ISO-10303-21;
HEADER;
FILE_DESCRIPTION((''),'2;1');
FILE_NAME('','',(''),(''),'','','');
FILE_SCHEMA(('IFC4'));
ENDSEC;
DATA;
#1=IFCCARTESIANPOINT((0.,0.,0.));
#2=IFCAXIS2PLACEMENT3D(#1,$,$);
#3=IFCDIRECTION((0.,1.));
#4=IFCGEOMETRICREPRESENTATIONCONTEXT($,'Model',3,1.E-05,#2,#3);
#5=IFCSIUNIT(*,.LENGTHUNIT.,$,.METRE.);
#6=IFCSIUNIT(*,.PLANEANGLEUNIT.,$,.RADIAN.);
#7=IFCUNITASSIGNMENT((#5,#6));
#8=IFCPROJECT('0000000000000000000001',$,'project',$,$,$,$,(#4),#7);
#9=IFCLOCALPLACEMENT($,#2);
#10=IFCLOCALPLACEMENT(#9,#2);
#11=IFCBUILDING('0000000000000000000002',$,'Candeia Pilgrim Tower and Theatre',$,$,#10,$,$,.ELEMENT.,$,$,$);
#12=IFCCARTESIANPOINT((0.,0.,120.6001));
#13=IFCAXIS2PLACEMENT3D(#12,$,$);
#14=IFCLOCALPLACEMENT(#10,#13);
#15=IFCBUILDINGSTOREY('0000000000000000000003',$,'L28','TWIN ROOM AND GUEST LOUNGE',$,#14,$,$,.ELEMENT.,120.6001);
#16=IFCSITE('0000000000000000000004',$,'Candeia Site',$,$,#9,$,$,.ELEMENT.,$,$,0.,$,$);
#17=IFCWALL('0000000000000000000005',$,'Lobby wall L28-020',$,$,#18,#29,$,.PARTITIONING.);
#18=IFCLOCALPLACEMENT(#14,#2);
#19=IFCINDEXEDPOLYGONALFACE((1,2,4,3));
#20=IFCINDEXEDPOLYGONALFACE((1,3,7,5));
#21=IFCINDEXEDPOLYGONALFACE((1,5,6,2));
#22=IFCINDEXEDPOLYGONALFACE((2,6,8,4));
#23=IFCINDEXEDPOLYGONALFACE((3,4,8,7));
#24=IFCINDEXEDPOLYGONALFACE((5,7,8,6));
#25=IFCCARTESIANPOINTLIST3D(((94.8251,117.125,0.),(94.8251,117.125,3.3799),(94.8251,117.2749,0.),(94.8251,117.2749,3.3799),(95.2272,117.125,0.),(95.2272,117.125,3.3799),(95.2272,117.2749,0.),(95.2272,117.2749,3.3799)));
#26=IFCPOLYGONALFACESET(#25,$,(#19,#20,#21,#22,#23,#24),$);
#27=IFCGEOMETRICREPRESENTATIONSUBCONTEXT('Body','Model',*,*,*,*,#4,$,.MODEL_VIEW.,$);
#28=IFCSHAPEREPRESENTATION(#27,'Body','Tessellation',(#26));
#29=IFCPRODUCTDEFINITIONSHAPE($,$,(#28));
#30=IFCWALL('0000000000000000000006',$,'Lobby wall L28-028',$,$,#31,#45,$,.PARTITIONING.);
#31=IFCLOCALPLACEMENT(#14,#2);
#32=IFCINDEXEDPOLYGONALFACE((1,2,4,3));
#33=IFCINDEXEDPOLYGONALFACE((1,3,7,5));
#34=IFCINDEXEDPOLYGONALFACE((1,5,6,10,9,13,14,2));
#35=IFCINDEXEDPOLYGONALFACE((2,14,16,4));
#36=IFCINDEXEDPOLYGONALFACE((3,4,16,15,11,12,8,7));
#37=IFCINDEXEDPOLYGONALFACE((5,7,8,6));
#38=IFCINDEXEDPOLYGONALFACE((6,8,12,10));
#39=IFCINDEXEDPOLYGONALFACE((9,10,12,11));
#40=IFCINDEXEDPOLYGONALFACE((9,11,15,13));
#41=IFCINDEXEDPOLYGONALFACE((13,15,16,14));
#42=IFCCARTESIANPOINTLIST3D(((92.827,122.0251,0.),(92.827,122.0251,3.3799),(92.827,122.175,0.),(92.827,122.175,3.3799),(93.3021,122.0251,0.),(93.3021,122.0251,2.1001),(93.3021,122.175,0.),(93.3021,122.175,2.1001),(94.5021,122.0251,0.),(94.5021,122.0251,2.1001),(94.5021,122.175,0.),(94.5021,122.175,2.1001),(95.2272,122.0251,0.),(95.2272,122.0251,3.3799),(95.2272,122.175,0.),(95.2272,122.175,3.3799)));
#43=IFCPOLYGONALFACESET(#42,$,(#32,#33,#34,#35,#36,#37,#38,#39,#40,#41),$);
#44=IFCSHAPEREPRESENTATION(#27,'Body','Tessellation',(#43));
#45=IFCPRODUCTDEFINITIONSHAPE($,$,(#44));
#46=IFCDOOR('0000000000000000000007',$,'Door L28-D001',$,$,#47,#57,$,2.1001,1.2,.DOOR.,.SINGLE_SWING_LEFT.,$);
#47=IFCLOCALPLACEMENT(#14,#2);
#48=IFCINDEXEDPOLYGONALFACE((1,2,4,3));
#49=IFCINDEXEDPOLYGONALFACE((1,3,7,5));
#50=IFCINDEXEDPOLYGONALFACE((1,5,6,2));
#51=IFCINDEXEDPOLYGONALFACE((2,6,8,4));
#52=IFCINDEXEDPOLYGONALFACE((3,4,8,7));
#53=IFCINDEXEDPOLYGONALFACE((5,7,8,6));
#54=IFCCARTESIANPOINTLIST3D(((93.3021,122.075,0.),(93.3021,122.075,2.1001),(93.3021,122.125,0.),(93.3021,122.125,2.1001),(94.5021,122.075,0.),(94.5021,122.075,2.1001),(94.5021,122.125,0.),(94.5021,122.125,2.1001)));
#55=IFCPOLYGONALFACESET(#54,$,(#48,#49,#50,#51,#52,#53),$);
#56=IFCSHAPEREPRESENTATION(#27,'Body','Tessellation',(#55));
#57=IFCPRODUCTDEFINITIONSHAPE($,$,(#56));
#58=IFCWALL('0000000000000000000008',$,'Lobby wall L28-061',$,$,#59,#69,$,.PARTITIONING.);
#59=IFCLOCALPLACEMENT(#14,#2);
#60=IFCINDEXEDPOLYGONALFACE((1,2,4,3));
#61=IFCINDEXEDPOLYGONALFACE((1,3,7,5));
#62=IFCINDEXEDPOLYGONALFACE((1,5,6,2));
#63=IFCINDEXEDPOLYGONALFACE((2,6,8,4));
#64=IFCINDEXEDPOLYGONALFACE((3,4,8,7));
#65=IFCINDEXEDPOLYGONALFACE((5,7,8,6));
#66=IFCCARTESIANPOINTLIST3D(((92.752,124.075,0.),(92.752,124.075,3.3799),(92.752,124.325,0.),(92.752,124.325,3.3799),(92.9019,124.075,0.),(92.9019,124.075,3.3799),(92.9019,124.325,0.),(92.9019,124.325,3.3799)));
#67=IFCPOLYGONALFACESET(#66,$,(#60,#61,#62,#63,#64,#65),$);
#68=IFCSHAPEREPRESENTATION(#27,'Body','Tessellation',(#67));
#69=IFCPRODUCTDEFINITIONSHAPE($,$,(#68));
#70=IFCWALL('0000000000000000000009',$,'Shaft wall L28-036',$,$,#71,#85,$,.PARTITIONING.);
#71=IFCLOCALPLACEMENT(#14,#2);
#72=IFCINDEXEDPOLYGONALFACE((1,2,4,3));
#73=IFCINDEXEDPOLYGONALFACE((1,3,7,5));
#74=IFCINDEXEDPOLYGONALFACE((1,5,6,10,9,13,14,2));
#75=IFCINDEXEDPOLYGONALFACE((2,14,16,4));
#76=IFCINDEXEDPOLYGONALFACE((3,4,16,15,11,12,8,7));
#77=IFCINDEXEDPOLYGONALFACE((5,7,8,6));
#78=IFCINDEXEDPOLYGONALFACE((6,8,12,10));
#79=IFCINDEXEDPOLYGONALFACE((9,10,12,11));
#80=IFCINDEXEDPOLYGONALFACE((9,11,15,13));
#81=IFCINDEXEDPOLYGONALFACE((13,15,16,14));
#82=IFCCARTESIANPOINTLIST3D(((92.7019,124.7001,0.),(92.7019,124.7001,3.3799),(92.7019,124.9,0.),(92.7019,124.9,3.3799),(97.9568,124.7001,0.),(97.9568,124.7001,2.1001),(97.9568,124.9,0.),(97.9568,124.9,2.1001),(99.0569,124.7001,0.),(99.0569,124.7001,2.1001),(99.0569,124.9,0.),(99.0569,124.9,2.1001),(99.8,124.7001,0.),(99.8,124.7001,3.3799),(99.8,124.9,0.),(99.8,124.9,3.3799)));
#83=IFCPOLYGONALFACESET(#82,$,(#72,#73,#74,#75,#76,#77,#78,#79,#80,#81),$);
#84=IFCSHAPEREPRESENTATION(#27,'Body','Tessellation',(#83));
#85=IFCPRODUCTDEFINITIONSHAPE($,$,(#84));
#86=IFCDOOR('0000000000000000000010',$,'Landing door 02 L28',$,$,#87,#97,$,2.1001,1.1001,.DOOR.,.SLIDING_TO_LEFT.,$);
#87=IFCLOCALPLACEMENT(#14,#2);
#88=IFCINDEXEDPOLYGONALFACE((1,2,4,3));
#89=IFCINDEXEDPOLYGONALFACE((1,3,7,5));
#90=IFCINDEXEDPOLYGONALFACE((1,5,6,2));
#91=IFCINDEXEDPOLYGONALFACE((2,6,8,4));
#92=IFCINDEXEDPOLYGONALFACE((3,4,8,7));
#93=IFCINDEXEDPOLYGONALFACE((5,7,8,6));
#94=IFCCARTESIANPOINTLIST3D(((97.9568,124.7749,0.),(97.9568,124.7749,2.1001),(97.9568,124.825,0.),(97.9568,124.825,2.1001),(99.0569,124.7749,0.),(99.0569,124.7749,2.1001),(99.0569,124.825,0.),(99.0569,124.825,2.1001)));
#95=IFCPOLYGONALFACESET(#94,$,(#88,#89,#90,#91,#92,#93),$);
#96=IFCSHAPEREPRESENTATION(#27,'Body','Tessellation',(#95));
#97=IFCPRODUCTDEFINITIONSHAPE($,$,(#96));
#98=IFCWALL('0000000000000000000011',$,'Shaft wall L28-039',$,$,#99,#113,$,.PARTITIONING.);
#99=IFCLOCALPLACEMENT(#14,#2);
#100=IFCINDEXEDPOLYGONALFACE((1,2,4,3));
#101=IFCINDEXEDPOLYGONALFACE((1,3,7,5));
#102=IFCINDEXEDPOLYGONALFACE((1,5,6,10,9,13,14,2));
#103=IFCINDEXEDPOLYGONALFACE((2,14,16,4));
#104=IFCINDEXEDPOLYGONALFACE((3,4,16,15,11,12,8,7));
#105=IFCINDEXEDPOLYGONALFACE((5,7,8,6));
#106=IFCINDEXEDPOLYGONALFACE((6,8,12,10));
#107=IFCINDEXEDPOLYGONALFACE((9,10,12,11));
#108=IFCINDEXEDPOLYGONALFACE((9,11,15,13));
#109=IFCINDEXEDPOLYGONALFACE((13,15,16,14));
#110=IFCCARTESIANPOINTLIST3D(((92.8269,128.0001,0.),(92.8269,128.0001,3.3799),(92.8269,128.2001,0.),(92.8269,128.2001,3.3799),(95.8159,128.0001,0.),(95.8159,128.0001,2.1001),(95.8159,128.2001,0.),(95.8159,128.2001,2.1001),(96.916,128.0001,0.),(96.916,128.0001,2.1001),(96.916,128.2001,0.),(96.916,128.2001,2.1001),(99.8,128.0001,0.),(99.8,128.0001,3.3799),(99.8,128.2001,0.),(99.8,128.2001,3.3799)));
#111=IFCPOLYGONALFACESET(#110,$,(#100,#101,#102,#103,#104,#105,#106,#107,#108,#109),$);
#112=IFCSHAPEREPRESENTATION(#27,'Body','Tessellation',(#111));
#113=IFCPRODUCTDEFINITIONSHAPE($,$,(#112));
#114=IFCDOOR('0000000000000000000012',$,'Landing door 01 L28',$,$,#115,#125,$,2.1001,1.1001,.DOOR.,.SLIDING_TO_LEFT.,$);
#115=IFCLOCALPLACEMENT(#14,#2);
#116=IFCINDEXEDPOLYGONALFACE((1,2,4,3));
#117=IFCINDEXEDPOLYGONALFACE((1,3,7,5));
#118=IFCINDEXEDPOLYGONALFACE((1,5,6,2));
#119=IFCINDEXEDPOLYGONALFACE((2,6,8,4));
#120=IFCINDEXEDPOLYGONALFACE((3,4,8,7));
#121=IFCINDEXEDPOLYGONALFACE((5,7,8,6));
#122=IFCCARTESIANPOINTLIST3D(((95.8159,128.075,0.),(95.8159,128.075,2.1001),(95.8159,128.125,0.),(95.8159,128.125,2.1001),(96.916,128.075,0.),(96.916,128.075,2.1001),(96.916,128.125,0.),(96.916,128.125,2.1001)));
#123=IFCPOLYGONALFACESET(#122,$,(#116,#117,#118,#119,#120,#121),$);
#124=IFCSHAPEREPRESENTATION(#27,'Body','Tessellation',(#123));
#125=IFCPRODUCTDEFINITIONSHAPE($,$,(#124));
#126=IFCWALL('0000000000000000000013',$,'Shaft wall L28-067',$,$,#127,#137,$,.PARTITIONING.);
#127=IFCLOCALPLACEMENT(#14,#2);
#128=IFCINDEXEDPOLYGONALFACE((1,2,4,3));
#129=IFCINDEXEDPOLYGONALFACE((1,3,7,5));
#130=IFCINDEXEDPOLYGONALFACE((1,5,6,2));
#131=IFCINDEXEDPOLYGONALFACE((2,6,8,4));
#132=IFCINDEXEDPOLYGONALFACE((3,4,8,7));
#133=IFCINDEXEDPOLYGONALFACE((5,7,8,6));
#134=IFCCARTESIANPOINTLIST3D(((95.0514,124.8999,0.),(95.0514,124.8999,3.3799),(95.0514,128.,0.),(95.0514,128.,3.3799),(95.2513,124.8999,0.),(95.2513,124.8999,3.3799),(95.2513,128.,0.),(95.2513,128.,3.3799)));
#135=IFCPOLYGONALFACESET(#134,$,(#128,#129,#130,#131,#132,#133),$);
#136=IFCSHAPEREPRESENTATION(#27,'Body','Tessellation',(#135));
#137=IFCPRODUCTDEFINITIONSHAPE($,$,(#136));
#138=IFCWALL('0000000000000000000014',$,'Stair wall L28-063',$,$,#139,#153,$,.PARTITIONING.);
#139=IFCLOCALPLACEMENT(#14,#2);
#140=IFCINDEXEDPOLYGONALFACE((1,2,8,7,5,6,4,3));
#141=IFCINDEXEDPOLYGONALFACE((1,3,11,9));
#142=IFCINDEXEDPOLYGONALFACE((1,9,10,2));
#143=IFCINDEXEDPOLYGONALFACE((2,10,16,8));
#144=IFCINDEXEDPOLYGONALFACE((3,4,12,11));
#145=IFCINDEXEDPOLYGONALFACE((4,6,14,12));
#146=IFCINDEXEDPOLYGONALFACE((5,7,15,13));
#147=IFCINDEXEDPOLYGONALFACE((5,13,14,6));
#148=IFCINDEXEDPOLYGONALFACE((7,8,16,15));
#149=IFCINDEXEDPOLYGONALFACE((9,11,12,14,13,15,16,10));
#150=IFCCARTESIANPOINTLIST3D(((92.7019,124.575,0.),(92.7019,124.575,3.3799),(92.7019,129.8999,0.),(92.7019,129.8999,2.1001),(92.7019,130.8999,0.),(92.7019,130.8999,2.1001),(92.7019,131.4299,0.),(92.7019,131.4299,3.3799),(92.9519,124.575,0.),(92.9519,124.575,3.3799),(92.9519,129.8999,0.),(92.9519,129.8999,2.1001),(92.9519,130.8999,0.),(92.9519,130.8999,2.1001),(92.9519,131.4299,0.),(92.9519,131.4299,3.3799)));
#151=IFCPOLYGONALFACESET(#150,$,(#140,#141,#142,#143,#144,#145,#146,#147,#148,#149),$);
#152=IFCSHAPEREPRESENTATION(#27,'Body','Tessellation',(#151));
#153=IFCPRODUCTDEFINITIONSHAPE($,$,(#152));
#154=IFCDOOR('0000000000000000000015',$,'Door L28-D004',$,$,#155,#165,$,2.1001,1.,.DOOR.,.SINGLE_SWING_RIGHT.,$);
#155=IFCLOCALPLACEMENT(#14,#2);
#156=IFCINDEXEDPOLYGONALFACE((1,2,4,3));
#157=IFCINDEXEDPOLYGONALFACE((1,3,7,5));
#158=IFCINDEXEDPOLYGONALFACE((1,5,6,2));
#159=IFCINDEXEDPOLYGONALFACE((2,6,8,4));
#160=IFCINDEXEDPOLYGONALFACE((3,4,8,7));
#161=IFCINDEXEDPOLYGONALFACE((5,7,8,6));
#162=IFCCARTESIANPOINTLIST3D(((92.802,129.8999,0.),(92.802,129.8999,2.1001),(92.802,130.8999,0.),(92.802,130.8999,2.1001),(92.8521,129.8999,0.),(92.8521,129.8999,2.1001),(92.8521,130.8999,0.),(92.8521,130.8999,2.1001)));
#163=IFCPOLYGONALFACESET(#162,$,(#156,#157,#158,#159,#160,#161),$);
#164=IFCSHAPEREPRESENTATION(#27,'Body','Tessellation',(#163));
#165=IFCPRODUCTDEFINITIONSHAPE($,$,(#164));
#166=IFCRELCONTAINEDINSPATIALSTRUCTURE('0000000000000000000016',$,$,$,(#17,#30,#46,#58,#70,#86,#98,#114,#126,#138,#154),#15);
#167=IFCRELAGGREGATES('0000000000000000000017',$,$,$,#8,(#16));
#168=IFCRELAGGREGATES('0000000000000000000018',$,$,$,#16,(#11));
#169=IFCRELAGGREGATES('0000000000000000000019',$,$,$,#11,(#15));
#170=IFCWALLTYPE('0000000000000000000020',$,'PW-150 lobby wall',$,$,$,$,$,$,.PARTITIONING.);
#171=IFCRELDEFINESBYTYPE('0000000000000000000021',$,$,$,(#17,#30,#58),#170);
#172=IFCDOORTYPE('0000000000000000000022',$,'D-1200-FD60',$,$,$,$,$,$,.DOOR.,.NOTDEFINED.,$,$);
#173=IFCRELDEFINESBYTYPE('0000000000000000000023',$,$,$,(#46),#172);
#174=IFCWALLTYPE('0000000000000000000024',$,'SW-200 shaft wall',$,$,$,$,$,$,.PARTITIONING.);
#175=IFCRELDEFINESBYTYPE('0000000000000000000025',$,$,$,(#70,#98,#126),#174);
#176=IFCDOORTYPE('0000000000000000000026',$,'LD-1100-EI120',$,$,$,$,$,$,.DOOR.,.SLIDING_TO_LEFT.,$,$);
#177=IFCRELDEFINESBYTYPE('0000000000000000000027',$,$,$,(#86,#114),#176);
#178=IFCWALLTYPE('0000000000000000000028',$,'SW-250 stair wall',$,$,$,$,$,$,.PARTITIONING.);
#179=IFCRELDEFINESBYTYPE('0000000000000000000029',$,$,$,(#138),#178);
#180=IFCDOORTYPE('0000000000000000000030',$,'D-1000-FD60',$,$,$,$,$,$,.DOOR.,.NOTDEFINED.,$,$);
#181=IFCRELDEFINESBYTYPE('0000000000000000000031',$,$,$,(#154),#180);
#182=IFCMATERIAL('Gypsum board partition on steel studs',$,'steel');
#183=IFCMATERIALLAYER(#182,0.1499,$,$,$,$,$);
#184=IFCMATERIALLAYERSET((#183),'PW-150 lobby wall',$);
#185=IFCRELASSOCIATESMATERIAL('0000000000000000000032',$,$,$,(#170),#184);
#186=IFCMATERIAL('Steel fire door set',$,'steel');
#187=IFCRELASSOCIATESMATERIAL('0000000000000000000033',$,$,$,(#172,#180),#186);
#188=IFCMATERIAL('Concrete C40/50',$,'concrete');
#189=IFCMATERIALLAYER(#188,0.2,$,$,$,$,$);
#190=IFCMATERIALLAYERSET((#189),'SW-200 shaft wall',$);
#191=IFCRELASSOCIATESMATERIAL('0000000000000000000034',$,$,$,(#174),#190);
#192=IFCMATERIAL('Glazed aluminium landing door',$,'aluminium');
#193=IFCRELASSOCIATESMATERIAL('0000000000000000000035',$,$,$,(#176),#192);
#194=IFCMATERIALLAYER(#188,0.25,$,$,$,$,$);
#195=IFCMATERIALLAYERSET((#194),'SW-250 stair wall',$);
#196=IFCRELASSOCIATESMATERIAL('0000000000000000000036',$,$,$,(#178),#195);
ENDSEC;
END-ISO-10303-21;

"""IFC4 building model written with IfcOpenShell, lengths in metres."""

from ifc_helpers import new_model, si_unit, direction, frame, frame_2d, origin, place, context, subcontext, project, spatial, rectangle, extrude, material, layer, layer_set, type_object, element, fill, save


model = new_model("IFC4")

# Units and contexts
model_context = context("Model", 3, precision=1e-05, world=origin(), true_north=direction((0.0, 1.0)))
body_context = subcontext(model_context, "Body", "Model", "MODEL_VIEW")
ifc_project = project(units=[si_unit("LENGTHUNIT", "METRE"), si_unit("PLANEANGLEUNIT", "RADIAN")], contexts=[model_context])

# Site, building, storey
site_placement = place(None, origin())
site = spatial("IfcSite", under=ifc_project, at=site_placement, Name="Candeia Site", CompositionType="ELEMENT", RefElevation=0.0)
building_placement = place(site_placement, origin())
building = spatial("IfcBuilding", under=site, at=building_placement, Name="Candeia Pilgrim Tower and Theatre", CompositionType="ELEMENT")
storey_placement = place(building_placement, frame((0.0, 0.0, 120.6001)))
storey = spatial("IfcBuildingStorey", under=building, at=storey_placement, Name="L28", Description="TWIN ROOM AND GUEST LOUNGE", CompositionType="ELEMENT", Elevation=120.6001)

# Wall
ifc_material_1 = material(Name="Gypsum board partition on steel studs", Category="steel")
ifc_layer_1 = layer(ifc_material_1, 0.1499)
ifc_layer_set_1 = layer_set([ifc_layer_1], Name="PW-150 lobby wall")
wall_type_1 = type_object("IfcWallType", Name="PW-150 lobby wall", PredefinedType="PARTITIONING", material=ifc_layer_set_1)
wall_1_placement = place(storey_placement, frame((94.825, 117.2, 0.0), z_axis=(0.0, 0.0, 1.0), x_axis=(1.0, 0.0, 0.0)))
element("IfcWall", 1, at=wall_1_placement, inside=storey, type_object=wall_type_1, Name="Lobby wall L28-020", PredefinedType="PARTITIONING", context=body_context, shape_type="SweptSolid", body=[
    extrude(rectangle(XDim=0.4021, YDim=0.1499, at=frame_2d((0.2012, 0.0))), origin(), (0.0, 0.0, 1.0), 3.3799),
])

# Wall, opening, door
wall_2_placement = place(storey_placement, frame((92.8269, 122.1001, 0.0), z_axis=(0.0, 0.0, 1.0), x_axis=(1.0, 0.0, 0.0)))
wall_2 = element("IfcWall", 2, at=wall_2_placement, inside=storey, type_object=wall_type_1, Name="Lobby wall L28-028", PredefinedType="PARTITIONING", context=body_context, shape_type="SweptSolid", body=[
    extrude(rectangle(XDim=2.4001, YDim=0.1499, at=frame_2d((1.2002, 0.0))), origin(), (0.0, 0.0, 1.0), 3.3799),
])
opening_1_placement = place(wall_2_placement, frame((0.4751, 0.0, 0.0)))
opening_1 = element("IfcOpeningElement", 3, at=opening_1_placement, cuts=wall_2, PredefinedType="OPENING", context=body_context, shape_type="SweptSolid", body=[
    extrude(rectangle(XDim=1.2, YDim=2.1001, at=frame_2d((0.6001, 1.05))), frame((0.0, 0.085, 0.0), z_axis=(0.0, -1.0, 0.0), x_axis=(1.0, 0.0, 0.0)), (0.0, 0.0, 1.0), 0.1699),
])
ifc_material_2 = material(Name="Steel fire door set", Category="steel")
door_type_1 = type_object("IfcDoorType", Name="D-1200-FD60", OperationType="NOTDEFINED", PredefinedType="DOOR", material=ifc_material_2)
door_1_placement = place(opening_1_placement, origin())
door_1 = element("IfcDoor", 4, at=door_1_placement, inside=storey, type_object=door_type_1, Name="Door L28-D001", OperationType="SINGLE_SWING_LEFT", OverallHeight=2.1001, OverallWidth=1.2, PredefinedType="DOOR", context=body_context, shape_type="SweptSolid", body=[
    extrude(rectangle(XDim=1.2, YDim=2.1001, at=frame_2d((0.6001, 1.05))), frame((0.0, 0.0249, 0.0), z_axis=(0.0, -1.0, 0.0), x_axis=(1.0, 0.0, 0.0)), (0.0, 0.0, 1.0), 0.05),
])
fill(opening_1, door_1)

# Wall
wall_3_placement = place(storey_placement, frame((92.8269, 124.075, 0.0), z_axis=(0.0, 0.0, 1.0), x_axis=(0.0, 1.0, 0.0)))
element("IfcWall", 5, at=wall_3_placement, inside=storey, type_object=wall_type_1, Name="Lobby wall L28-061", PredefinedType="PARTITIONING", context=body_context, shape_type="SweptSolid", body=[
    extrude(rectangle(XDim=0.25, YDim=0.1499, at=frame_2d((0.125, 0.0))), origin(), (0.0, 0.0, 1.0), 3.3799),
])

# Walls, openings, doors
ifc_material_3 = material(Name="Concrete C40/50", Category="concrete")
ifc_layer_2 = layer(ifc_material_3, 0.2)
ifc_layer_set_2 = layer_set([ifc_layer_2], Name="SW-200 shaft wall")
wall_type_2 = type_object("IfcWallType", Name="SW-200 shaft wall", PredefinedType="PARTITIONING", material=ifc_layer_set_2)
wall_4_placement = place(storey_placement, frame((92.7019, 124.8, 0.0), z_axis=(0.0, 0.0, 1.0), x_axis=(1.0, 0.0, 0.0)))
wall_4 = element("IfcWall", 6, at=wall_4_placement, inside=storey, type_object=wall_type_2, Name="Shaft wall L28-036", PredefinedType="PARTITIONING", context=body_context, shape_type="SweptSolid", body=[
    extrude(rectangle(XDim=7.0981, YDim=0.2, at=frame_2d((3.5491, 0.0))), origin(), (0.0, 0.0, 1.0), 3.3799),
])
opening_2_placement = place(wall_4_placement, frame((5.2549, 0.0, 0.0)))
opening_2 = element("IfcOpeningElement", 7, at=opening_2_placement, cuts=wall_4, PredefinedType="OPENING", context=body_context, shape_type="SweptSolid", body=[
    extrude(rectangle(XDim=1.1001, YDim=2.1001, at=frame_2d((0.55, 1.05))), frame((0.0, 0.1099, 0.0), z_axis=(0.0, -1.0, 0.0), x_axis=(1.0, 0.0, 0.0)), (0.0, 0.0, 1.0), 0.22),
])
ifc_material_4 = material(Name="Glazed aluminium landing door", Category="aluminium")
door_type_2 = type_object("IfcDoorType", Name="LD-1100-EI120", OperationType="SLIDING_TO_LEFT", PredefinedType="DOOR", material=ifc_material_4)
door_2_placement = place(opening_2_placement, origin())
door_2 = element("IfcDoor", 8, at=door_2_placement, inside=storey, type_object=door_type_2, Name="Landing door 02 L28", OperationType="SLIDING_TO_LEFT", OverallHeight=2.1001, OverallWidth=1.1001, PredefinedType="DOOR", context=body_context, shape_type="SweptSolid", body=[
    extrude(rectangle(XDim=1.1001, YDim=2.1001, at=frame_2d((0.55, 1.05))), frame((0.0, 0.0249, 0.0), z_axis=(0.0, -1.0, 0.0), x_axis=(1.0, 0.0, 0.0)), (0.0, 0.0, 1.0), 0.05),
])
fill(opening_2, door_2)
wall_5_placement = place(storey_placement, frame((92.8269, 128.1001, 0.0), z_axis=(0.0, 0.0, 1.0), x_axis=(1.0, 0.0, 0.0)))
wall_5 = element("IfcWall", 9, at=wall_5_placement, inside=storey, type_object=wall_type_2, Name="Shaft wall L28-039", PredefinedType="PARTITIONING", context=body_context, shape_type="SweptSolid", body=[
    extrude(rectangle(XDim=6.9731, YDim=0.2, at=frame_2d((3.4866, 0.0))), origin(), (0.0, 0.0, 1.0), 3.3799),
])
opening_3_placement = place(wall_5_placement, frame((2.989, 0.0, 0.0)))
opening_3 = element("IfcOpeningElement", 10, at=opening_3_placement, cuts=wall_5, PredefinedType="OPENING", context=body_context, shape_type="SweptSolid", body=[
    extrude(rectangle(XDim=1.1001, YDim=2.1001, at=frame_2d((0.55, 1.05))), frame((0.0, 0.1099, 0.0), z_axis=(0.0, -1.0, 0.0), x_axis=(1.0, 0.0, 0.0)), (0.0, 0.0, 1.0), 0.22),
])
door_3_placement = place(opening_3_placement, origin())
door_3 = element("IfcDoor", 11, at=door_3_placement, inside=storey, type_object=door_type_2, Name="Landing door 01 L28", OperationType="SLIDING_TO_LEFT", OverallHeight=2.1001, OverallWidth=1.1001, PredefinedType="DOOR", context=body_context, shape_type="SweptSolid", body=[
    extrude(rectangle(XDim=1.1001, YDim=2.1001, at=frame_2d((0.55, 1.05))), frame((0.0, 0.0249, 0.0), z_axis=(0.0, -1.0, 0.0), x_axis=(1.0, 0.0, 0.0)), (0.0, 0.0, 1.0), 0.05),
])
fill(opening_3, door_3)

# Wall
wall_6_placement = place(storey_placement, frame((95.1514, 124.8999, 0.0), z_axis=(0.0, 0.0, 1.0), x_axis=(0.0, 1.0, 0.0)))
element("IfcWall", 12, at=wall_6_placement, inside=storey, type_object=wall_type_2, Name="Shaft wall L28-067", PredefinedType="PARTITIONING", context=body_context, shape_type="SweptSolid", body=[
    extrude(rectangle(XDim=3.1001, YDim=0.2, at=frame_2d((1.55, 0.0))), origin(), (0.0, 0.0, 1.0), 3.3799),
])

# Wall, opening, door
ifc_layer_3 = layer(ifc_material_3, 0.25)
ifc_layer_set_3 = layer_set([ifc_layer_3], Name="SW-250 stair wall")
wall_type_3 = type_object("IfcWallType", Name="SW-250 stair wall", PredefinedType="PARTITIONING", material=ifc_layer_set_3)
wall_7_placement = place(storey_placement, frame((92.8269, 124.575, 0.0), z_axis=(0.0, 0.0, 1.0), x_axis=(0.0, 1.0, 0.0)))
wall_7 = element("IfcWall", 13, at=wall_7_placement, inside=storey, type_object=wall_type_3, Name="Stair wall L28-063", PredefinedType="PARTITIONING", context=body_context, shape_type="SweptSolid", body=[
    extrude(rectangle(XDim=6.855, YDim=0.25, at=frame_2d((3.4275, 0.0))), origin(), (0.0, 0.0, 1.0), 3.3799),
])
opening_4_placement = place(wall_7_placement, frame((5.325, 0.0, 0.0)))
opening_4 = element("IfcOpeningElement", 14, at=opening_4_placement, cuts=wall_7, PredefinedType="OPENING", context=body_context, shape_type="SweptSolid", body=[
    extrude(rectangle(XDim=1.0, YDim=2.1001, at=frame_2d((0.5, 1.05))), frame((0.0, 0.135, 0.0), z_axis=(0.0, -1.0, 0.0), x_axis=(1.0, 0.0, 0.0)), (0.0, 0.0, 1.0), 0.27),
])
door_type_3 = type_object("IfcDoorType", Name="D-1000-FD60", OperationType="NOTDEFINED", PredefinedType="DOOR", material=ifc_material_2)
door_4_placement = place(opening_4_placement, origin())
door_4 = element("IfcDoor", 15, at=door_4_placement, inside=storey, type_object=door_type_3, Name="Door L28-D004", OperationType="SINGLE_SWING_RIGHT", OverallHeight=2.1001, OverallWidth=1.0, PredefinedType="DOOR", context=body_context, shape_type="SweptSolid", body=[
    extrude(rectangle(XDim=1.0, YDim=2.1001, at=frame_2d((0.5, 1.05))), frame((0.0, 0.0249, 0.0), z_axis=(0.0, -1.0, 0.0), x_axis=(1.0, 0.0, 0.0)), (0.0, 0.0, 1.0), 0.05),
])
fill(opening_4, door_4)

save(model, "model.ifc")
